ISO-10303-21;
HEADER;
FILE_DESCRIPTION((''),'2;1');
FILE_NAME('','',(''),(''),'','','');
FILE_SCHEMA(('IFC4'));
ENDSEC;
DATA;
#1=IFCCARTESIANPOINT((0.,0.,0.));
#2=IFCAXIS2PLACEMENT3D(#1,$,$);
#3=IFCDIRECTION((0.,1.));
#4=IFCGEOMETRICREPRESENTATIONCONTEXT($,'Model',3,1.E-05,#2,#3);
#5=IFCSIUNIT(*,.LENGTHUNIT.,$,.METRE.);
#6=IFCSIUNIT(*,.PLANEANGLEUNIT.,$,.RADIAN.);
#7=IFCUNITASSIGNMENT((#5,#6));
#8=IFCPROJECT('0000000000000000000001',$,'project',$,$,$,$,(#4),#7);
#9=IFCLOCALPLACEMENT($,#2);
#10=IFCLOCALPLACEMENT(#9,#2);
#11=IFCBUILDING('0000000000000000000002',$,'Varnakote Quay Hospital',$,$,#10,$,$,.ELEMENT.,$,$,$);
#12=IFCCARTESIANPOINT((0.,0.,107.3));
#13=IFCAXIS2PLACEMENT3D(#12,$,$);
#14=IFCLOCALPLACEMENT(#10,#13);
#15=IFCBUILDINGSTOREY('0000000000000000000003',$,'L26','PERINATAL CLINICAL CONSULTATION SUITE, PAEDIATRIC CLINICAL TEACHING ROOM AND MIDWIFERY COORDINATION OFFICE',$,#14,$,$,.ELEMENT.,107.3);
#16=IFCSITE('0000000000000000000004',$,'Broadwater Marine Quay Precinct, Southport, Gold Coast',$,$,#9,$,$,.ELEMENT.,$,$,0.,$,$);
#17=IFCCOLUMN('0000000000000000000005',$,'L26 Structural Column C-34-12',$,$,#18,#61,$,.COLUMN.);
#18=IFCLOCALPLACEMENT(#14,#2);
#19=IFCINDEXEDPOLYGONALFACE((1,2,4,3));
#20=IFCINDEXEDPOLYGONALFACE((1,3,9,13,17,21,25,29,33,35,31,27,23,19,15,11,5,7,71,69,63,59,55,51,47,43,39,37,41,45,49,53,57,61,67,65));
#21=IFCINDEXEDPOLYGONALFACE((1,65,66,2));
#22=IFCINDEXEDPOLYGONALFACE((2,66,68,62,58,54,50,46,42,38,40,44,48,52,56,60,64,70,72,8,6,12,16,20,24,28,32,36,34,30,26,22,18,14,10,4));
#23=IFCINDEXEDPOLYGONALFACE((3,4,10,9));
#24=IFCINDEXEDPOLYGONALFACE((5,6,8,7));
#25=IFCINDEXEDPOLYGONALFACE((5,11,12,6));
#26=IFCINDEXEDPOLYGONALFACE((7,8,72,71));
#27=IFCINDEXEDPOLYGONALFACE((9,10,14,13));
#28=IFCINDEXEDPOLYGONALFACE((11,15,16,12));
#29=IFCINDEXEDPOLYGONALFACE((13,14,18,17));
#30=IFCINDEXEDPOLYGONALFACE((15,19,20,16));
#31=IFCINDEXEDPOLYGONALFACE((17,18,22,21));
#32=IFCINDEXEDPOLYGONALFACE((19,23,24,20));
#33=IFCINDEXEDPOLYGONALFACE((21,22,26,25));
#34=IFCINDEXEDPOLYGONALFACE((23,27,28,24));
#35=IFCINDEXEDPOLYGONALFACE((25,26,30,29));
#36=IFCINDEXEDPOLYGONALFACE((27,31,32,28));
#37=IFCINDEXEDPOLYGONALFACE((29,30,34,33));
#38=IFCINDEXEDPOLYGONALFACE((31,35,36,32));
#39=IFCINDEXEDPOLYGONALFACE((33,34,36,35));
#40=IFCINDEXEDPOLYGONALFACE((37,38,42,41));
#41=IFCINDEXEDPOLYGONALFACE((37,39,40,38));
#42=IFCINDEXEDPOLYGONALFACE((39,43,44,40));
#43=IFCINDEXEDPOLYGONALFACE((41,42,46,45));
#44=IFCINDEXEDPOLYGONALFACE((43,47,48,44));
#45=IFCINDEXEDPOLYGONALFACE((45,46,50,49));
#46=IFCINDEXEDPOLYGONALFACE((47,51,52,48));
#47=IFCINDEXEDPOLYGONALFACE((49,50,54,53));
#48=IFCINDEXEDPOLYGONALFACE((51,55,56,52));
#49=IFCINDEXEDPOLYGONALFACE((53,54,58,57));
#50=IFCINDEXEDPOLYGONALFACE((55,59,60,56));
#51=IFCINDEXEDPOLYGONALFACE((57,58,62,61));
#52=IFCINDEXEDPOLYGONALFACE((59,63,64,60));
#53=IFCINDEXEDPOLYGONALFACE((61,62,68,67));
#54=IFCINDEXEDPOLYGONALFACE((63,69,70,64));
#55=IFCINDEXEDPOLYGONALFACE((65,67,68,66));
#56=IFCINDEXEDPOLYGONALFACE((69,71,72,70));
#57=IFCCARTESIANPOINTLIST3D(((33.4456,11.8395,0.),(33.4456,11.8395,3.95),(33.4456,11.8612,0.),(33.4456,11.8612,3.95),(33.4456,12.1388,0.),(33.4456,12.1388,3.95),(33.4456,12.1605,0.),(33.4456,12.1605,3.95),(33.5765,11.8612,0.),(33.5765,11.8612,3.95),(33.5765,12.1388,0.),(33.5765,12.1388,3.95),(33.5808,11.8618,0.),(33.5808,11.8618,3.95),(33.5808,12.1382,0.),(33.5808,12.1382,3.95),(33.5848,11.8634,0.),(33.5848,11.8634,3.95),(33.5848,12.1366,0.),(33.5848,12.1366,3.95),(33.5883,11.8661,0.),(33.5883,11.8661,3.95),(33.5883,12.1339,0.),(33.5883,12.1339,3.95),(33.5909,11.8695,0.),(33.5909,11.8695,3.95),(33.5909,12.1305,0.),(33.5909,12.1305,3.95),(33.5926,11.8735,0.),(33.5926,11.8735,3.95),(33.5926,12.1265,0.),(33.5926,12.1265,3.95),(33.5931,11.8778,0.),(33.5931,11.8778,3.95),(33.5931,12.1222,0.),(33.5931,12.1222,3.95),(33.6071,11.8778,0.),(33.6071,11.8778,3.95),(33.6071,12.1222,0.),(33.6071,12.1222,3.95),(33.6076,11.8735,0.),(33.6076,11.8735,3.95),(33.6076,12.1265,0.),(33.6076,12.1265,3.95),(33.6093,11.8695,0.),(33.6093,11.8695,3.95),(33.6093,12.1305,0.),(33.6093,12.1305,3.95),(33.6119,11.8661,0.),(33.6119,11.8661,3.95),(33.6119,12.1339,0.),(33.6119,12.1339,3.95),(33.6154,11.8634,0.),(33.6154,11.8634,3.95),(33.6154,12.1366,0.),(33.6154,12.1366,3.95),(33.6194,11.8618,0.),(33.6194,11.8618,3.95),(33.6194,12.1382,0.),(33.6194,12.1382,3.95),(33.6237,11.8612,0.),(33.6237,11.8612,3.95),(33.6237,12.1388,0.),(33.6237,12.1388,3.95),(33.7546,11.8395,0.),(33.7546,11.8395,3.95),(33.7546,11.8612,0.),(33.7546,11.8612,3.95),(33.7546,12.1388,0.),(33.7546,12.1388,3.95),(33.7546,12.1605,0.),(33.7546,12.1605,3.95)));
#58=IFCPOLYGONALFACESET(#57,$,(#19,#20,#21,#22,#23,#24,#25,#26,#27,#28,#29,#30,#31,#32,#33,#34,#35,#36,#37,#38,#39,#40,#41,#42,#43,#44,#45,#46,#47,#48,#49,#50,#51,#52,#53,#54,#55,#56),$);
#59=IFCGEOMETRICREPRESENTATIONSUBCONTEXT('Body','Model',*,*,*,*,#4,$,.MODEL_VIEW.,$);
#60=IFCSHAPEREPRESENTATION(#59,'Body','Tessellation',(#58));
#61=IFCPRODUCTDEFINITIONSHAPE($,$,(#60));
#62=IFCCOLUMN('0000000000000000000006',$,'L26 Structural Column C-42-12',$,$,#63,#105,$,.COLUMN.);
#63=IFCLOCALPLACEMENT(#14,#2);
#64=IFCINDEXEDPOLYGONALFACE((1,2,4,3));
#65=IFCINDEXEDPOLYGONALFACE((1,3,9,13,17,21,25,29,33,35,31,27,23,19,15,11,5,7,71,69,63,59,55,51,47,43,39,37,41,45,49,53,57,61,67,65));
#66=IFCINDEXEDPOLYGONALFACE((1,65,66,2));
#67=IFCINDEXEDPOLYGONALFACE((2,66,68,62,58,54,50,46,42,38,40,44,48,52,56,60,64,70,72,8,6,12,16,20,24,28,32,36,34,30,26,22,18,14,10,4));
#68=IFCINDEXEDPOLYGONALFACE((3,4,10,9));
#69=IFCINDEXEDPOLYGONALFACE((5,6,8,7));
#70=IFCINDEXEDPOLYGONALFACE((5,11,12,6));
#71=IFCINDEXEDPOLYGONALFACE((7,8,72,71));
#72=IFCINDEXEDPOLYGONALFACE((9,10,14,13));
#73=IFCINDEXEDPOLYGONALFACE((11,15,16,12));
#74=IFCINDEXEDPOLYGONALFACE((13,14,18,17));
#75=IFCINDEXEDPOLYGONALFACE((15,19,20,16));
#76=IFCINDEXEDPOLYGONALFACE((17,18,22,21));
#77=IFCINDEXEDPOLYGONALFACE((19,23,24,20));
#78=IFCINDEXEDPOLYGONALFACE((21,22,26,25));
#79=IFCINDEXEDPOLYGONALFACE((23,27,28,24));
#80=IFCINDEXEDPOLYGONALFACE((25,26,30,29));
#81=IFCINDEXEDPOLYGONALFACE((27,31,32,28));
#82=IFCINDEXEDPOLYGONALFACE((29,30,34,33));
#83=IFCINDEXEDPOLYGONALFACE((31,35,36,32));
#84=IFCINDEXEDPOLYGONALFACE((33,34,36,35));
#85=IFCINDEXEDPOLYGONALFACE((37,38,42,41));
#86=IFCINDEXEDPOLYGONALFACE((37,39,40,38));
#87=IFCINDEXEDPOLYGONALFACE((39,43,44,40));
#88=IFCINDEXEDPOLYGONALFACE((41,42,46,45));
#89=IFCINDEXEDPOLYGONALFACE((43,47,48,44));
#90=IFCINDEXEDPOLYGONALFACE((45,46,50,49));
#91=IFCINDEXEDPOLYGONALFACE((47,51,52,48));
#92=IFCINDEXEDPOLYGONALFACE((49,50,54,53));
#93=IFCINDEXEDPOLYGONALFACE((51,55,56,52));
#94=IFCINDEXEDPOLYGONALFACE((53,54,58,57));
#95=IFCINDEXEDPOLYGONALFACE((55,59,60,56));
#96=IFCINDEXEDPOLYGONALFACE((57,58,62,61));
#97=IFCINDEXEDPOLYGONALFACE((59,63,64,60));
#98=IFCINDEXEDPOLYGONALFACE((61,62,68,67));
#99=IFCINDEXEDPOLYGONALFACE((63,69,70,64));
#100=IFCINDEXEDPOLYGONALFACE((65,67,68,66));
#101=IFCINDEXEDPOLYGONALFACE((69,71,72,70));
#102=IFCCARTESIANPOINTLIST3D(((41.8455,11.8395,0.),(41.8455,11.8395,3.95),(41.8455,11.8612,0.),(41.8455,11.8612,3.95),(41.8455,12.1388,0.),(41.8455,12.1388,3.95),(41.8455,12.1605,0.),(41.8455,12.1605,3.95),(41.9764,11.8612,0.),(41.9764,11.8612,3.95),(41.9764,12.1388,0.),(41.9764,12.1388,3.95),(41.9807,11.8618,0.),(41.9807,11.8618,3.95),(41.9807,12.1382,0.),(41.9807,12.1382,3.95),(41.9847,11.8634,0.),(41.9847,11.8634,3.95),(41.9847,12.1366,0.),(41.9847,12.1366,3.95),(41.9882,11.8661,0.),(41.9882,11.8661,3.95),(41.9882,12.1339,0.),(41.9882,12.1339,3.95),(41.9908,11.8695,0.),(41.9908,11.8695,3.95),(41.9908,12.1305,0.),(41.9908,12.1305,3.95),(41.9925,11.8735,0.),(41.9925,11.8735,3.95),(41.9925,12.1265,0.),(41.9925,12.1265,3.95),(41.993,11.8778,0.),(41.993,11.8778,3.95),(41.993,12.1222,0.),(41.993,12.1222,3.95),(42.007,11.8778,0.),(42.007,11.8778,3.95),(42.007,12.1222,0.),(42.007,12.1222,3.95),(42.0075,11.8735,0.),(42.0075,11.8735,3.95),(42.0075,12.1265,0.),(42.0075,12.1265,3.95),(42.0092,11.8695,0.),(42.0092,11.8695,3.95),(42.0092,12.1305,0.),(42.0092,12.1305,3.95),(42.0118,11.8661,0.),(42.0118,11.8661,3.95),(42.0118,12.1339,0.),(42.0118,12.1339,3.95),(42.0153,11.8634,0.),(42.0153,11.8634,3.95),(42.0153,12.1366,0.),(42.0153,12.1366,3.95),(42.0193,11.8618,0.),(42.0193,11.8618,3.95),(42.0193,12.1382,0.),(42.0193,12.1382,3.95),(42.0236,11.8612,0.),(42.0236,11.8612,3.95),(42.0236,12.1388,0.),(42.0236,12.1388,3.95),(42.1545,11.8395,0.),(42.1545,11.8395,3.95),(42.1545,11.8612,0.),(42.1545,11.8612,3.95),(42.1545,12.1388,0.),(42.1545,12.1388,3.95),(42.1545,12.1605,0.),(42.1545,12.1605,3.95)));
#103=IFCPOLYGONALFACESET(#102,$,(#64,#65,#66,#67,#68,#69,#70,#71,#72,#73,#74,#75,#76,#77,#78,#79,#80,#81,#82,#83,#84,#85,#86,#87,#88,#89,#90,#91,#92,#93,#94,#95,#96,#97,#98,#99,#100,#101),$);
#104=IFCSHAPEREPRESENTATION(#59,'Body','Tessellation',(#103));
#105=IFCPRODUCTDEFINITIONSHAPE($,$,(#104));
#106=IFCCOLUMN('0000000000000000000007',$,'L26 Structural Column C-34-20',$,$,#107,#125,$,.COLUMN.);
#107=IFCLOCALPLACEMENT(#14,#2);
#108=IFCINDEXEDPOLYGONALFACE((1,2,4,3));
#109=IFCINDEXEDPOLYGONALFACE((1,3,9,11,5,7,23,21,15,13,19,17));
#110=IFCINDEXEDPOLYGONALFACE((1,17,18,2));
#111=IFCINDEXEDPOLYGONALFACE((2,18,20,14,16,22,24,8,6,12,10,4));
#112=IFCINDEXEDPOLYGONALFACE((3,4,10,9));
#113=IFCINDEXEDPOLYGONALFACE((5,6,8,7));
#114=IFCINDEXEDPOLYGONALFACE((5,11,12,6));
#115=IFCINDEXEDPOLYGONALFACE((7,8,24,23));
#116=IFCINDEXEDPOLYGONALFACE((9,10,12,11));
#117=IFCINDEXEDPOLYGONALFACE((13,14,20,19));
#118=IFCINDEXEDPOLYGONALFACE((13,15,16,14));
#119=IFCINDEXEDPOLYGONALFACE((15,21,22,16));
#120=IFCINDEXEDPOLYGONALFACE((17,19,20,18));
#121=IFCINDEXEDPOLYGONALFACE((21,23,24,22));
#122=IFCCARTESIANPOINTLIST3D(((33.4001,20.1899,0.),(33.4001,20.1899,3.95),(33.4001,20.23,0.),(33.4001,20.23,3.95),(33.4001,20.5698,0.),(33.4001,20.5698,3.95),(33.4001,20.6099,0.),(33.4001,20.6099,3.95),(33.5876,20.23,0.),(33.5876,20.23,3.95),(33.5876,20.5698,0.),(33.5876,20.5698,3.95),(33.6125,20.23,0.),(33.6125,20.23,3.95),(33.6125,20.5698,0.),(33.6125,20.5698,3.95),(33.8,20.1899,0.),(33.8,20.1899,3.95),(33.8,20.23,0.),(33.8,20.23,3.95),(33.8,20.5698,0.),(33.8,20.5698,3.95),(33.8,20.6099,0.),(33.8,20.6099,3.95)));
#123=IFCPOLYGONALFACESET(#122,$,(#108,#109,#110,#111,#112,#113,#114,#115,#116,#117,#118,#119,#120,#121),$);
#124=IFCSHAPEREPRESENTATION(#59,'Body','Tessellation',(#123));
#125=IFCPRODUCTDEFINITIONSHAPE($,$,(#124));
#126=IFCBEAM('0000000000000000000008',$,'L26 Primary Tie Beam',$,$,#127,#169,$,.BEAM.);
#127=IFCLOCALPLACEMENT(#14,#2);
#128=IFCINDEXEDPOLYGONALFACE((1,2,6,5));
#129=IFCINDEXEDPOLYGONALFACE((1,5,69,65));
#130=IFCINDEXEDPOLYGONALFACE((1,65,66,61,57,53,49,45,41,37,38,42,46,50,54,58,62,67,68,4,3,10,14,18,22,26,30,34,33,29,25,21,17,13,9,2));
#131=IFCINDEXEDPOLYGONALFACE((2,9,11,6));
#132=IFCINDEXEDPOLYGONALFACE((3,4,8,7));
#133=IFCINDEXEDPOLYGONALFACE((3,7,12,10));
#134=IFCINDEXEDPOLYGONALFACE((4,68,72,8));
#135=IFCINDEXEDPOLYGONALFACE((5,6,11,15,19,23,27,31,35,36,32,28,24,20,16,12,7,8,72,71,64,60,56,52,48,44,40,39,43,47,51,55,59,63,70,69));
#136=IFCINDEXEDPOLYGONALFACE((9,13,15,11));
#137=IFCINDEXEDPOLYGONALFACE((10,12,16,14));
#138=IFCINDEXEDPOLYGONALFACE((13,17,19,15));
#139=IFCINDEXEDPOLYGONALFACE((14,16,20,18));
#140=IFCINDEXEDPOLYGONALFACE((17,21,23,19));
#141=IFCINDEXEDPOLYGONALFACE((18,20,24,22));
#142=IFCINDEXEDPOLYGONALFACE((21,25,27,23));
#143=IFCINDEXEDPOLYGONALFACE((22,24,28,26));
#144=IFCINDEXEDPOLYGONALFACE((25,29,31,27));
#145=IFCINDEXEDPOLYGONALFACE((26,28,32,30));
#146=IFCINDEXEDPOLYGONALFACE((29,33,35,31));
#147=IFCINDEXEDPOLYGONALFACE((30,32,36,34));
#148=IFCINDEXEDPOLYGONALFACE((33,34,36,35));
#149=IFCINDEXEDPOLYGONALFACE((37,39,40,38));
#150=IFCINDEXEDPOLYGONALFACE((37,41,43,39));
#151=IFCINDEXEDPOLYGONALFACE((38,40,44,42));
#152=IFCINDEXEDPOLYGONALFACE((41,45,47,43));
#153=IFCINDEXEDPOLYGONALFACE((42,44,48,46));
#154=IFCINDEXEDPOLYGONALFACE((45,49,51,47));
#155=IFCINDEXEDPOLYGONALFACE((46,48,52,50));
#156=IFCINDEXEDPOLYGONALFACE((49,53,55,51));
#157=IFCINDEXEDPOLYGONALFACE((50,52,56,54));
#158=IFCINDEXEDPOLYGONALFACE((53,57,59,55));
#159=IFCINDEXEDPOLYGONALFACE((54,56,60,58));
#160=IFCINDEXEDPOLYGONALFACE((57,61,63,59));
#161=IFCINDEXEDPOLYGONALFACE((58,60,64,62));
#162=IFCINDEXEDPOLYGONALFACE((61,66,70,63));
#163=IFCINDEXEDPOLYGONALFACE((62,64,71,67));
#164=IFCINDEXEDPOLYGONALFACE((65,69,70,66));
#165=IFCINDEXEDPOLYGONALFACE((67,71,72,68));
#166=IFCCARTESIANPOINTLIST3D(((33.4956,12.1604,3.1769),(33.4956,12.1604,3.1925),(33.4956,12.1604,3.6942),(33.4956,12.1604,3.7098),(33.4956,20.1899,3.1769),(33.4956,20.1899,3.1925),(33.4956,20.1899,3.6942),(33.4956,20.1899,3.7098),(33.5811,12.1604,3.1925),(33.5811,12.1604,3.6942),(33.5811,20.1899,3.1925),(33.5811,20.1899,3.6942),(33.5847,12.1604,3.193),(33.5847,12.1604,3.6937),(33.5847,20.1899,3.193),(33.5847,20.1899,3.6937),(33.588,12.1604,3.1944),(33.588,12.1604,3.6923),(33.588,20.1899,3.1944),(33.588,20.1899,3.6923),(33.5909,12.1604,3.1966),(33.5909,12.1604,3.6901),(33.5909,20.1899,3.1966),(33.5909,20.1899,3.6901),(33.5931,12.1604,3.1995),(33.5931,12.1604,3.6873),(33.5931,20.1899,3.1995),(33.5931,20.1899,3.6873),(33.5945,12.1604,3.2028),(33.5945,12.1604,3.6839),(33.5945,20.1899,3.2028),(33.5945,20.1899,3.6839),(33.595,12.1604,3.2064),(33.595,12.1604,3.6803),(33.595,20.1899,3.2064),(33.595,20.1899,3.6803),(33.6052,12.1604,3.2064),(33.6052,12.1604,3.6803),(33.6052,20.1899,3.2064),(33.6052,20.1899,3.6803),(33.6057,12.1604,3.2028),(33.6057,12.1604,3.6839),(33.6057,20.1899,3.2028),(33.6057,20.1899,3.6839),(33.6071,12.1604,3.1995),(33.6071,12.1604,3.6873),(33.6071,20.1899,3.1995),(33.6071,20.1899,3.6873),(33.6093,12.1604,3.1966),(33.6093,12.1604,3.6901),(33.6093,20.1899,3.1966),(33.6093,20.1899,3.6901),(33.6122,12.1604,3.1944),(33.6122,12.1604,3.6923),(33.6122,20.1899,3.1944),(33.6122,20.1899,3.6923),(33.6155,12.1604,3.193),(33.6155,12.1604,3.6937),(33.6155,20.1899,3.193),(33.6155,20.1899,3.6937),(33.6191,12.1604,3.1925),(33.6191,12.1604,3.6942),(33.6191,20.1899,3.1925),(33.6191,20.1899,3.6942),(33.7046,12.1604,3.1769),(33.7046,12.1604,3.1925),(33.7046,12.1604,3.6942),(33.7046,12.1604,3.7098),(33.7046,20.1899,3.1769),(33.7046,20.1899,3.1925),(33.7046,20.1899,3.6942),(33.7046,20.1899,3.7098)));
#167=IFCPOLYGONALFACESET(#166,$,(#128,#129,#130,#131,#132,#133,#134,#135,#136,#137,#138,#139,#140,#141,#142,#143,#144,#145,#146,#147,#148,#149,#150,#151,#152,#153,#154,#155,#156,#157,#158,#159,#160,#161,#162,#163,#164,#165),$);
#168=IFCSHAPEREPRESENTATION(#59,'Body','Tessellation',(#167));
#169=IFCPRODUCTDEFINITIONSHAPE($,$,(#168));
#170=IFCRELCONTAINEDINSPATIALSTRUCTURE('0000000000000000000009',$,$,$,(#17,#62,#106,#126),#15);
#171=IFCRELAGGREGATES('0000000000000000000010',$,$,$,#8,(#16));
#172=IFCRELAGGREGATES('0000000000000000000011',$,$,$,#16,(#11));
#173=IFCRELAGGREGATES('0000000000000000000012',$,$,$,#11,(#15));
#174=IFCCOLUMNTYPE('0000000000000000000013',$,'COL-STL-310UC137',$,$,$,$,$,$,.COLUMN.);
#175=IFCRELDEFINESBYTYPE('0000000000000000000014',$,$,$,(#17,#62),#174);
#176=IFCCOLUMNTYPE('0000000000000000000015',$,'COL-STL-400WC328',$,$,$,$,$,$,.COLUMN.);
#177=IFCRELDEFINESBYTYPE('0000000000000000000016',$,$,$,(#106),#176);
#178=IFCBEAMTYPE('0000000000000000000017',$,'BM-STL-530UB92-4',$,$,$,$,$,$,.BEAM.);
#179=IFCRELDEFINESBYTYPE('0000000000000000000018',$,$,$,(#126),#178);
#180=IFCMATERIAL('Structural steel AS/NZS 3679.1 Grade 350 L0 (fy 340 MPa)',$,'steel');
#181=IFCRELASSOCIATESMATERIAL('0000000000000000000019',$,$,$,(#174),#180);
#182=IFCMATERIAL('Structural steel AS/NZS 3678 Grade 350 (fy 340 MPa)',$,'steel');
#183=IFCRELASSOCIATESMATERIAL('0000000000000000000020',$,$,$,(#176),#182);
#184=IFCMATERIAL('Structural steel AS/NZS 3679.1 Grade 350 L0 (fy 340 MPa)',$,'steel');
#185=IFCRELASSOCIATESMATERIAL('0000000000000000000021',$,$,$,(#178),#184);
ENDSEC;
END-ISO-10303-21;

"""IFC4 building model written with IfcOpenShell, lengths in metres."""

from ifc_helpers import new_model, si_unit, direction, frame, origin, origin_2d, place, context, subcontext, project, spatial, i_section, extrude, material, material_profile, profile_set, type_object, element, save


model = new_model("IFC4")

# Units and contexts
model_context = context("Model", 3, precision=1e-05, world=origin(), true_north=direction((0.0, 1.0)))
body_context = subcontext(model_context, "Body", "Model", "MODEL_VIEW")
ifc_project = project(units=[si_unit("LENGTHUNIT", "METRE"), si_unit("PLANEANGLEUNIT", "RADIAN")], contexts=[model_context])

# Site, building, storey
site_placement = place(None, origin())
site = spatial("IfcSite", under=ifc_project, at=site_placement, Name="Broadwater Marine Quay Precinct, Southport, Gold Coast", CompositionType="ELEMENT", RefElevation=0.0)
building_placement = place(site_placement, origin())
building = spatial("IfcBuilding", under=site, at=building_placement, Name="Varnakote Quay Hospital", CompositionType="ELEMENT")
storey_placement = place(building_placement, frame((0.0, 0.0, 107.3)))
storey = spatial("IfcBuildingStorey", under=building, at=storey_placement, Name="L26", Description="PERINATAL CLINICAL CONSULTATION SUITE, PAEDIATRIC CLINICAL TEACHING ROOM AND MIDWIFERY COORDINATION OFFICE", CompositionType="ELEMENT", Elevation=107.3)

# Columns
ifc_material_1 = material(Name="Structural steel AS/NZS 3679.1 Grade 350 L0 (fy 340 MPa)", Category="steel")
ifc_material_profile_1 = material_profile(ifc_material_1, i_section(OverallWidth=0.3091, OverallDepth=0.321, WebThickness=0.0139, FlangeThickness=0.0217, FilletRadius=0.0166, at=origin_2d()), Name="310UC137")
ifc_profile_set_1 = profile_set([ifc_material_profile_1], Name="Structural steel AS/NZS 3679.1 Grade 350 L0 (fy 340 MPa)")
column_type_1 = type_object("IfcColumnType", Name="COL-STL-310UC137", PredefinedType="COLUMN", material=ifc_profile_set_1)
for number, where, z_axis, x_axis, name in (
    (1, (33.6001, 12.0, 0.0), (0.0, 0.0, 1.0), (1.0, 0.0, 0.0), "L26 Structural Column C-34-12"),
    (2, (42.0, 12.0, 0.0), (0.0, 0.0, 1.0), (1.0, 0.0, 0.0), "L26 Structural Column C-42-12"),
):
    element("IfcColumn", number, at=place(storey_placement, frame(where, z_axis=z_axis, x_axis=x_axis)), inside=storey, type_object=column_type_1, Name=name, PredefinedType="COLUMN", context=body_context, shape_type="SweptSolid", body=[
        extrude(i_section(OverallWidth=0.3091, OverallDepth=0.321, WebThickness=0.0139, FlangeThickness=0.0217, FilletRadius=0.0166, at=origin_2d()), origin(), (0.0, 0.0, 1.0), 3.95),
    ])
ifc_material_2 = material(Name="Structural steel AS/NZS 3678 Grade 350 (fy 340 MPa)", Category="steel")
ifc_material_profile_2 = material_profile(ifc_material_2, i_section(OverallWidth=0.3999, OverallDepth=0.4199, WebThickness=0.0249, FlangeThickness=0.04, at=origin_2d()), Name="400WC328")
ifc_profile_set_2 = profile_set([ifc_material_profile_2], Name="Structural steel AS/NZS 3678 Grade 350 (fy 340 MPa)")
column_type_2 = type_object("IfcColumnType", Name="COL-STL-400WC328", PredefinedType="COLUMN", material=ifc_profile_set_2)
column_placement = place(storey_placement, frame((33.6001, 20.3999, 0.0), z_axis=(0.0, 0.0, 1.0), x_axis=(1.0, 0.0, 0.0)))
element("IfcColumn", 3, at=column_placement, inside=storey, type_object=column_type_2, Name="L26 Structural Column C-34-20", PredefinedType="COLUMN", context=body_context, shape_type="SweptSolid", body=[
    extrude(i_section(OverallWidth=0.3999, OverallDepth=0.4199, WebThickness=0.0249, FlangeThickness=0.04, at=origin_2d()), origin(), (0.0, 0.0, 1.0), 3.95),
])

# Beam
ifc_material_3 = material(Name="Structural steel AS/NZS 3679.1 Grade 350 L0 (fy 340 MPa)", Category="steel")
ifc_material_profile_3 = material_profile(ifc_material_3, i_section(OverallWidth=0.209, OverallDepth=0.533, WebThickness=0.0103, FlangeThickness=0.0156, FilletRadius=0.0139, at=origin_2d()), Name="530UB92.4")
ifc_profile_set_3 = profile_set([ifc_material_profile_3], Name="Structural steel AS/NZS 3679.1 Grade 350 L0 (fy 340 MPa)")
beam_type_1 = type_object("IfcBeamType", Name="BM-STL-530UB92-4", PredefinedType="BEAM", material=ifc_profile_set_3)
beam_1_placement = place(storey_placement, frame((33.6001, 12.1604, 3.4434), z_axis=(0.0, 1.0, 0.0), x_axis=(-1.0, 0.0, 0.0)))
element("IfcBeam", 4, at=beam_1_placement, inside=storey, type_object=beam_type_1, Name="L26 Primary Tie Beam", PredefinedType="BEAM", context=body_context, shape_type="SweptSolid", body=[
    extrude(i_section(OverallWidth=0.209, OverallDepth=0.533, WebThickness=0.0103, FlangeThickness=0.0156, FilletRadius=0.0139, at=origin_2d()), origin(), (0.0, 0.0, 1.0), 8.0295),
])

save(model, "model.ifc")
